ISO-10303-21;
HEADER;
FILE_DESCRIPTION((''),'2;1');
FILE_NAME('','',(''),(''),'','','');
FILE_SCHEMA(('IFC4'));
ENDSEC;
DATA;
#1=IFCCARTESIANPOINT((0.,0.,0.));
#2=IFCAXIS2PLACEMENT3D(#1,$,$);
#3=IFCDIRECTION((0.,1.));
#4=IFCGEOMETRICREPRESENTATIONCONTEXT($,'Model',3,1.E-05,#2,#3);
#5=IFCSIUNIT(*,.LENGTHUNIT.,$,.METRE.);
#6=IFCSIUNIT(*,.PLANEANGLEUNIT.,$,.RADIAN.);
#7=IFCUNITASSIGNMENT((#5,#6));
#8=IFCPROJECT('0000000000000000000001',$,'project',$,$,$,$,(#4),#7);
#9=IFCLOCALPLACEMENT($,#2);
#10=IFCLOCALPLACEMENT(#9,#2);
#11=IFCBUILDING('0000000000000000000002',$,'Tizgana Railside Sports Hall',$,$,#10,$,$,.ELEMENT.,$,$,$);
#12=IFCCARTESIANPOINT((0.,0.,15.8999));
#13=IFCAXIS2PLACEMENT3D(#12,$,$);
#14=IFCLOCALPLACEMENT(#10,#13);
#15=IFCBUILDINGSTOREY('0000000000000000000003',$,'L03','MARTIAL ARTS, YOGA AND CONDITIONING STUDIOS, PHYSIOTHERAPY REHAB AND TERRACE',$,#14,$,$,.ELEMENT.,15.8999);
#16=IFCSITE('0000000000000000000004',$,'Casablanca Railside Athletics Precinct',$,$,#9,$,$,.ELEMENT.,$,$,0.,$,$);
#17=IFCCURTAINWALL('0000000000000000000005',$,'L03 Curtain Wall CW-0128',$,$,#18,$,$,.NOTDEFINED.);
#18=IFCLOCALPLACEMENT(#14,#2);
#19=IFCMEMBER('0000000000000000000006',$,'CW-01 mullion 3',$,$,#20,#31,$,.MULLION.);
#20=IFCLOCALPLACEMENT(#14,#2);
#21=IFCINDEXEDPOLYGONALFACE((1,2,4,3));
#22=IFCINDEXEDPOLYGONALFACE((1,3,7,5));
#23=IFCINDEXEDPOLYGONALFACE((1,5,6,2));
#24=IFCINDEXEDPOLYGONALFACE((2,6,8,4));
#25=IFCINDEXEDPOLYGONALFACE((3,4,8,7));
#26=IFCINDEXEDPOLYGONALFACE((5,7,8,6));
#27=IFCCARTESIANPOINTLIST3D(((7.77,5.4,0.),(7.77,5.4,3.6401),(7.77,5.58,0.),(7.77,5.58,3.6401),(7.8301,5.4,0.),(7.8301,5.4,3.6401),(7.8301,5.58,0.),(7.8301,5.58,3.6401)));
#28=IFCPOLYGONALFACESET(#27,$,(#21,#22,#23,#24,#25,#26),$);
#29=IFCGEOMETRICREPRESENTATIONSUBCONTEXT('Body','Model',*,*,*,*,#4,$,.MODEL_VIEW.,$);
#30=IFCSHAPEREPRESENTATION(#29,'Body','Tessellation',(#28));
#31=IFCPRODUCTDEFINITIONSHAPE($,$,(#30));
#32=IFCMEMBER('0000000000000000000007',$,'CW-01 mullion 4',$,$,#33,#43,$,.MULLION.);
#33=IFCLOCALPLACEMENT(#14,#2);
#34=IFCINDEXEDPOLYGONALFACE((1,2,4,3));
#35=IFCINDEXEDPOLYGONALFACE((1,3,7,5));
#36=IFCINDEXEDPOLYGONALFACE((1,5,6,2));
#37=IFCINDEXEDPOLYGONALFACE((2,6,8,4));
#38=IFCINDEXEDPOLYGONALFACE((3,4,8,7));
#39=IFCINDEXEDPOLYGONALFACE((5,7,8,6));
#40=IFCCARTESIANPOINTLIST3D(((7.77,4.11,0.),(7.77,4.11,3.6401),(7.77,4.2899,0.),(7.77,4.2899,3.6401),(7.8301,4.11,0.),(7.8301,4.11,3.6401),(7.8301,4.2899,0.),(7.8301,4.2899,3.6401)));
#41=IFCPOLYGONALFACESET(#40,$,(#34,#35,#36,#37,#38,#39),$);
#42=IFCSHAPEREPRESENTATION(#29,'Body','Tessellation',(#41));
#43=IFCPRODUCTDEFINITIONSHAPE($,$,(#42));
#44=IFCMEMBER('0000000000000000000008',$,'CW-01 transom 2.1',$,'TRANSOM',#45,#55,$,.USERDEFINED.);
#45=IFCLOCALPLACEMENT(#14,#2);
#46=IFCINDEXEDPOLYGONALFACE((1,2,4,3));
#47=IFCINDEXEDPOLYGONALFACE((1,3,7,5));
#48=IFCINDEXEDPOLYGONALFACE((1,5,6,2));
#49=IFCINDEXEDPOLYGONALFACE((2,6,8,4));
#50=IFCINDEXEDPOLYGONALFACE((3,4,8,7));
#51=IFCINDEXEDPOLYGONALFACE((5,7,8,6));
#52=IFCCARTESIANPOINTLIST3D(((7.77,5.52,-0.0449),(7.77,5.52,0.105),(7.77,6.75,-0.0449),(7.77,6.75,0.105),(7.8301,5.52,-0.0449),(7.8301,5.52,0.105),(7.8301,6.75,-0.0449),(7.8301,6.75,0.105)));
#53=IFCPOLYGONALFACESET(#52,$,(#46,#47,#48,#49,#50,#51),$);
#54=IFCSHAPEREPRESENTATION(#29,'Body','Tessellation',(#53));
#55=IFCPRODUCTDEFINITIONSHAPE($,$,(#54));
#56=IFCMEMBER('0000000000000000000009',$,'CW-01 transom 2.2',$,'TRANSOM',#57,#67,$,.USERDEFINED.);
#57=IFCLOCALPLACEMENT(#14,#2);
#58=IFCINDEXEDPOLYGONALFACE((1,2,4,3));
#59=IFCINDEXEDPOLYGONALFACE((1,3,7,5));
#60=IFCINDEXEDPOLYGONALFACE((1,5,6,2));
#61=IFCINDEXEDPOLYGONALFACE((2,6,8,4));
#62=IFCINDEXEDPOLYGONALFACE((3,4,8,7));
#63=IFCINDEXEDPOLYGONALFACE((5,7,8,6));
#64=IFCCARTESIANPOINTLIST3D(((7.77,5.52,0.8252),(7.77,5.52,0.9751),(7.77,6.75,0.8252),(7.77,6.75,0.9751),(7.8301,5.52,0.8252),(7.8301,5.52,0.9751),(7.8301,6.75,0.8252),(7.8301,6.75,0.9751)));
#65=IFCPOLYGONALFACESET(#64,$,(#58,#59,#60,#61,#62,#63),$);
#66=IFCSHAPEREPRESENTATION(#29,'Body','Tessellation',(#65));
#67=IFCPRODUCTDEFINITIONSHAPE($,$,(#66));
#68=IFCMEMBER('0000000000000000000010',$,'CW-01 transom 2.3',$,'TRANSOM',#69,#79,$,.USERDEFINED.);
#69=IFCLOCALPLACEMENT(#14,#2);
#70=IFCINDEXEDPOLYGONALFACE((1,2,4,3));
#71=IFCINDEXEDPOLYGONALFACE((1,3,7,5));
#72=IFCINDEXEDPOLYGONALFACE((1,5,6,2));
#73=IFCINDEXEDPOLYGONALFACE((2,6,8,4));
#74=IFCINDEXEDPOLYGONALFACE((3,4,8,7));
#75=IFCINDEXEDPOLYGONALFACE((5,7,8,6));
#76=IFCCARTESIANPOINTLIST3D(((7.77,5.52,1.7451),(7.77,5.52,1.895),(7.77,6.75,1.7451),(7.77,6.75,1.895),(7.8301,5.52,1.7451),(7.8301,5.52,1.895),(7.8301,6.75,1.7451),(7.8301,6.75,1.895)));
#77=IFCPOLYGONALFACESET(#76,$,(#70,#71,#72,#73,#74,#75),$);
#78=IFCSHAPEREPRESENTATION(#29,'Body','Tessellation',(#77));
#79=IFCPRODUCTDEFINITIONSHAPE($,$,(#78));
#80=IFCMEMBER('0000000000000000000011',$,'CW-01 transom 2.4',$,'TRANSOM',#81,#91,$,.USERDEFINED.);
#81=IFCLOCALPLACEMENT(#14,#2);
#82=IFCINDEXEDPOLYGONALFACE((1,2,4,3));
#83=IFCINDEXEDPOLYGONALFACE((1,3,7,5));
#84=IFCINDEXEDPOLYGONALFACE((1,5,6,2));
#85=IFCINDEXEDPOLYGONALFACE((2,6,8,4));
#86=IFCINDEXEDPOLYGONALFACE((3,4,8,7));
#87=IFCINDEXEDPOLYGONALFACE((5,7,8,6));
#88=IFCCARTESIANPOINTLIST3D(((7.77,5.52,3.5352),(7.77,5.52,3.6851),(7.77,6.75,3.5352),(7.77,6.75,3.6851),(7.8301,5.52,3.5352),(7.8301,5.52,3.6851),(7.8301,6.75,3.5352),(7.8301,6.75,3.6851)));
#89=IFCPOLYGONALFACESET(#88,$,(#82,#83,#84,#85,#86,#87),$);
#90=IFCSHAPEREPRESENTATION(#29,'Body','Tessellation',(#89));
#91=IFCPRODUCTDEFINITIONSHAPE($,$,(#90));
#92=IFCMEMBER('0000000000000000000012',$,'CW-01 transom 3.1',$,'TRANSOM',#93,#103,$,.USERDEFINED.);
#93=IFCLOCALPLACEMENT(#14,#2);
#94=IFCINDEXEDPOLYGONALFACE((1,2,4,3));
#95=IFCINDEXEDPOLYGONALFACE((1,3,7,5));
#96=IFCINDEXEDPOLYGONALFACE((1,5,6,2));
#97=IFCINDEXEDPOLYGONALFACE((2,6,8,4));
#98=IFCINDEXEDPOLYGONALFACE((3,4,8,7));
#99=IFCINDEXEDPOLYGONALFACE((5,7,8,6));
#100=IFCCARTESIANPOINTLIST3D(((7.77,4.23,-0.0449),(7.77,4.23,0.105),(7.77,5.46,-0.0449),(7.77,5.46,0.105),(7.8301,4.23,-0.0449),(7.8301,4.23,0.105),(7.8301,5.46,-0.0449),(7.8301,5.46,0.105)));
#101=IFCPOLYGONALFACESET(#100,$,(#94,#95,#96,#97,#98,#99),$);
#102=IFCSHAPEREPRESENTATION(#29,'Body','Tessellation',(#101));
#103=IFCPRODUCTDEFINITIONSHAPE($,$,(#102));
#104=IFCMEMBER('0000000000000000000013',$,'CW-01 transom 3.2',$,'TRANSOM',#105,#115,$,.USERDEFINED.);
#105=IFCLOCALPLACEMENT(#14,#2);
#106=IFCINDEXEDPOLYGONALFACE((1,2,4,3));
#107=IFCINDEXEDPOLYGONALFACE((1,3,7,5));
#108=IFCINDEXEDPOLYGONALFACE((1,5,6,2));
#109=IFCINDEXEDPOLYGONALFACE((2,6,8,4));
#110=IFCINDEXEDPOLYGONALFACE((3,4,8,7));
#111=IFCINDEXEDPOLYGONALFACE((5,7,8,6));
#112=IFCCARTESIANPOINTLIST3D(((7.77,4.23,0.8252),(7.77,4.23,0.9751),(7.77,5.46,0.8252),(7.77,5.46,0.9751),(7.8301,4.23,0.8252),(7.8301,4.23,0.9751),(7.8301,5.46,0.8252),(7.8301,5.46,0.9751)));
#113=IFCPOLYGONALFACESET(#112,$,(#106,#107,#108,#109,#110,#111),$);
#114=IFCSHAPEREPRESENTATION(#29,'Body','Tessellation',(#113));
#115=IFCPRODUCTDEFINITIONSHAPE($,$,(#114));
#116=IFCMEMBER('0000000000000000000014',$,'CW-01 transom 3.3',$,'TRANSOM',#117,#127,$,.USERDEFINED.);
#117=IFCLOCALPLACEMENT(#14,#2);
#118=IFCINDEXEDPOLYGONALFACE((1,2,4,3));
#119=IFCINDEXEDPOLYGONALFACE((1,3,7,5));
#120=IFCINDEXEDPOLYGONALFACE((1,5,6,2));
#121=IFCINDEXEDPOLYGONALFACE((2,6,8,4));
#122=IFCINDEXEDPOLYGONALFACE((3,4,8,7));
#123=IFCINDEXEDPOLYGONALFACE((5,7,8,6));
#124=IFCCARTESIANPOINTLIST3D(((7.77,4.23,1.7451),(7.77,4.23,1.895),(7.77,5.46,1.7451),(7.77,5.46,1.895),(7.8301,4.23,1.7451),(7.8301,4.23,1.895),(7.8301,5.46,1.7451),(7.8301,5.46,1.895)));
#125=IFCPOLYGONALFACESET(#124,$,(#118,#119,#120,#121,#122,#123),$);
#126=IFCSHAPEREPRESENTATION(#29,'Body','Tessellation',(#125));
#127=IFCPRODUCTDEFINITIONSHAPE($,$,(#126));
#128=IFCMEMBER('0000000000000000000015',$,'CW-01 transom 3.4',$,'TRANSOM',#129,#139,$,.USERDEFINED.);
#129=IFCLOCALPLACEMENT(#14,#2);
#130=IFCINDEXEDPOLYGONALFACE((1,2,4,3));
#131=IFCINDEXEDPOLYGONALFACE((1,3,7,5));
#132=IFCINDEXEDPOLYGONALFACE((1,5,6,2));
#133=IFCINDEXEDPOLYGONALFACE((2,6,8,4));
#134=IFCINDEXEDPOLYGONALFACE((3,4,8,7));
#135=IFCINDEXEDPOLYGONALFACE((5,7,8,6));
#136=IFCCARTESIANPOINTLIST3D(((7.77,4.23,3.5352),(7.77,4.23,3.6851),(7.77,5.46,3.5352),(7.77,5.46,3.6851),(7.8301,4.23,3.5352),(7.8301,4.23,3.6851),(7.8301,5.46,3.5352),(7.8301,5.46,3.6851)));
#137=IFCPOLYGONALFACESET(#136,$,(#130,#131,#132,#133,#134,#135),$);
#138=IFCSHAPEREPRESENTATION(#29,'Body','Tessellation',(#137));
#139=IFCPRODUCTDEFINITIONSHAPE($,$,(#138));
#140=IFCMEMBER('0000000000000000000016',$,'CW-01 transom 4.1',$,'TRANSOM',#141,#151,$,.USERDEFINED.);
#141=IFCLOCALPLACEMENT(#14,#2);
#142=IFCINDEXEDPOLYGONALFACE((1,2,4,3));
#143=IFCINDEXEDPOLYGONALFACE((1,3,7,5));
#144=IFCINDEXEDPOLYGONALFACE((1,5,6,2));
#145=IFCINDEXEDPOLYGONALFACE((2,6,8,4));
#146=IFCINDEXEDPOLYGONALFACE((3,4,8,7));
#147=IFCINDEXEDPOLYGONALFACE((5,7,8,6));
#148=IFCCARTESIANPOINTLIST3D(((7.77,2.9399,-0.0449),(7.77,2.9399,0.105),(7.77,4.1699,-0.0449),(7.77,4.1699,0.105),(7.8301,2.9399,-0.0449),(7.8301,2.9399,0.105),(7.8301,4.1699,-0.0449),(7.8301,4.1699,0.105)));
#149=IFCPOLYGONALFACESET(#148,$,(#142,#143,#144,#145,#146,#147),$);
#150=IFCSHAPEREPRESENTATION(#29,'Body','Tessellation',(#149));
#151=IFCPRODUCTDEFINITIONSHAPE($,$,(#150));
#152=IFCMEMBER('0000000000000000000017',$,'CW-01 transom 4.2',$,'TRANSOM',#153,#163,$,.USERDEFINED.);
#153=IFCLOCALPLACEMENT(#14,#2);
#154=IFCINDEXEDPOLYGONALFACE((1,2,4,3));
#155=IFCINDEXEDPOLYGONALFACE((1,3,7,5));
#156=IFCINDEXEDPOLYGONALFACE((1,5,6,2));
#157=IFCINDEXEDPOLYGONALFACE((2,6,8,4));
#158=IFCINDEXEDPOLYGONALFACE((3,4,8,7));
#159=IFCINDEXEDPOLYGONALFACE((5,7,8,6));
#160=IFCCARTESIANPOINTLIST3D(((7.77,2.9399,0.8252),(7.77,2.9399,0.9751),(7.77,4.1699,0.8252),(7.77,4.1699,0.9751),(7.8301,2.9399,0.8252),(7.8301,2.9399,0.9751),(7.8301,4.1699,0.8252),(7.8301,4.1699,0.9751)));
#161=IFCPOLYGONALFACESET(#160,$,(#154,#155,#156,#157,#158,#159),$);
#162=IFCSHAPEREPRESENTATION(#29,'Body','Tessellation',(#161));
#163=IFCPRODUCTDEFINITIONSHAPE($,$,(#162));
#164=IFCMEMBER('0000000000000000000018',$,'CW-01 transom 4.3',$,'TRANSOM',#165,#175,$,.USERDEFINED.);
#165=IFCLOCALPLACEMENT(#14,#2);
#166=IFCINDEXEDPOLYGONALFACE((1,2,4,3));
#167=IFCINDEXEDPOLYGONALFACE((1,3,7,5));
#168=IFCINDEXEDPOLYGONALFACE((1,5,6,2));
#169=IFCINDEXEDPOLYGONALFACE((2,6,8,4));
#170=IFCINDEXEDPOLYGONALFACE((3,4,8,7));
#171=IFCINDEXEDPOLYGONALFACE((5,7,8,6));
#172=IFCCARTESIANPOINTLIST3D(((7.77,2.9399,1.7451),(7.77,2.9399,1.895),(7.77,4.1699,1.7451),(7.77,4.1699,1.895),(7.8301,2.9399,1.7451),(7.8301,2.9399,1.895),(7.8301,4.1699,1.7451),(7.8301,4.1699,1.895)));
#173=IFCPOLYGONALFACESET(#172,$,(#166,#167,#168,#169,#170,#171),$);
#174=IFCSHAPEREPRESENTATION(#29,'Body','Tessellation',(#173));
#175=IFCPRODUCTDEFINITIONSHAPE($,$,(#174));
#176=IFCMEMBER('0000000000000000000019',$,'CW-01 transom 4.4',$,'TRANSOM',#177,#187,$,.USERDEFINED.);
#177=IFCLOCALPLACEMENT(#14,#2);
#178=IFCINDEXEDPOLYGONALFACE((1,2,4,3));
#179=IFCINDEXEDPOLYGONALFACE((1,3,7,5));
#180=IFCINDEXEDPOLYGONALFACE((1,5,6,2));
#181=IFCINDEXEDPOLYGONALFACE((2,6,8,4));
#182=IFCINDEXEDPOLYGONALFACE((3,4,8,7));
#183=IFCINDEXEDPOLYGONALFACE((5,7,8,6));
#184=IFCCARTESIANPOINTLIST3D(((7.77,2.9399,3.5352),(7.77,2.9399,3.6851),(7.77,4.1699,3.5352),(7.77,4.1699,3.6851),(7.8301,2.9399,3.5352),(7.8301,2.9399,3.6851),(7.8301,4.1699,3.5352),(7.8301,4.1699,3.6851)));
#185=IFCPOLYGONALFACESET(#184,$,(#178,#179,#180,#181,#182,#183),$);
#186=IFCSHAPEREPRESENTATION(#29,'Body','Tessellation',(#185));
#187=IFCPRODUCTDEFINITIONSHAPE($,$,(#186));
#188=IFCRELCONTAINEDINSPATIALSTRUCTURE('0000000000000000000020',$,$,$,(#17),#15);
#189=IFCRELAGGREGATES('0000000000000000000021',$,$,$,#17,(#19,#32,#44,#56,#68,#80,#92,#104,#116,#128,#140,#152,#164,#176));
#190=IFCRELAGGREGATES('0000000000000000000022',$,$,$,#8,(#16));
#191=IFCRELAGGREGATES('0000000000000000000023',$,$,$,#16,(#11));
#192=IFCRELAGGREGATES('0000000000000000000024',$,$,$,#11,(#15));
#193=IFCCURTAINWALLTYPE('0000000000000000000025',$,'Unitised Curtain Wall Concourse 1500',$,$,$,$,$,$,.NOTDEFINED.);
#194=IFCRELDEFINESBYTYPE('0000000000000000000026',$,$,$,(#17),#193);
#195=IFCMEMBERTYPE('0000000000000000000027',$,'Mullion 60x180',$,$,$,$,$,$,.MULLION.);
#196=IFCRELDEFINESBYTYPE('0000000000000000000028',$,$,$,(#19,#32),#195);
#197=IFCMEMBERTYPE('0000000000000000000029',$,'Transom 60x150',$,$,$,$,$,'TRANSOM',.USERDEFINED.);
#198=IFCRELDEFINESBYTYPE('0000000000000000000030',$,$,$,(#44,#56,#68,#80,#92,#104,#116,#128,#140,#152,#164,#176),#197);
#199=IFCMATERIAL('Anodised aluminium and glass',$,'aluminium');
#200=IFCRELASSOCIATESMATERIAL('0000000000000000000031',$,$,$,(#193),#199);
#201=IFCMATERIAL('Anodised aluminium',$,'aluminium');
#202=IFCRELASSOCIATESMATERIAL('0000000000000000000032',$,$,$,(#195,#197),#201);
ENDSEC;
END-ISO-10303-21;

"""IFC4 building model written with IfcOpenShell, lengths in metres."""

from ifc_helpers import new_model, si_unit, direction, frame, origin, origin_2d, place, context, subcontext, project, spatial, rectangle, extrude, material, material_profile, profile_set, type_object, element, aggregate, save


model = new_model("IFC4")

# Units and contexts
model_context = context("Model", 3, precision=1e-05, world=origin(), true_north=direction((0.0, 1.0)))
body_context = subcontext(model_context, "Body", "Model", "MODEL_VIEW")
ifc_project = project(units=[si_unit("LENGTHUNIT", "METRE"), si_unit("PLANEANGLEUNIT", "RADIAN")], contexts=[model_context])

# Site, building, storey
site_placement = place(None, origin())
site = spatial("IfcSite", under=ifc_project, at=site_placement, Name="Casablanca Railside Athletics Precinct", CompositionType="ELEMENT", RefElevation=0.0)
building_placement = place(site_placement, origin())
building = spatial("IfcBuilding", under=site, at=building_placement, Name="Tizgana Railside Sports Hall", CompositionType="ELEMENT")
storey_placement = place(building_placement, frame((0.0, 0.0, 15.8999)))
storey = spatial("IfcBuildingStorey", under=building, at=storey_placement, Name="L03", Description="MARTIAL ARTS, YOGA AND CONDITIONING STUDIOS, PHYSIOTHERAPY REHAB AND TERRACE", CompositionType="ELEMENT", Elevation=15.8999)

# Curtain wall, members
ifc_material_1 = material(Name="Anodised aluminium and glass", Category="aluminium")
curtain_wall_type = type_object("IfcCurtainWallType", Name="Unitised Curtain Wall Concourse 1500", PredefinedType="NOTDEFINED", material=ifc_material_1)
curtain_wall_placement = place(storey_placement, origin())
curtain_wall = element("IfcCurtainWall", 1, at=curtain_wall_placement, inside=storey, type_object=curtain_wall_type, Name="L03 Curtain Wall CW-0128", PredefinedType="NOTDEFINED")
ifc_material_2 = material(Name="Anodised aluminium", Category="aluminium")
ifc_material_profile_1 = material_profile(ifc_material_2, rectangle(XDim=0.0601, YDim=0.1799, at=origin_2d()), Name="Mullion 60x180")
ifc_profile_set_1 = profile_set([ifc_material_profile_1], Name="Anodised aluminium")
member_type_1 = type_object("IfcMemberType", Name="Mullion 60x180", PredefinedType="MULLION", material=ifc_profile_set_1)
member_1_placement = place(storey_placement, frame((7.8, 5.49, 0.0), z_axis=(0.0, 0.0, 1.0), x_axis=(1.0, 0.0, 0.0)))
member_1 = element("IfcMember", 2, at=member_1_placement, type_object=member_type_1, Name="CW-01 mullion 3", PredefinedType="MULLION", context=body_context, shape_type="SweptSolid", body=[
    extrude(rectangle(XDim=0.0601, YDim=0.1799, at=origin_2d()), origin(), (0.0, 0.0, 1.0), 3.6401),
])
member_2_placement = place(storey_placement, frame((7.8, 4.2, 0.0), z_axis=(0.0, 0.0, 1.0), x_axis=(1.0, 0.0, 0.0)))
member_2 = element("IfcMember", 3, at=member_2_placement, type_object=member_type_1, Name="CW-01 mullion 4", PredefinedType="MULLION", context=body_context, shape_type="SweptSolid", body=[
    extrude(rectangle(XDim=0.0601, YDim=0.1799, at=origin_2d()), origin(), (0.0, 0.0, 1.0), 3.6401),
])
ifc_material_profile_2 = material_profile(ifc_material_2, rectangle(XDim=0.0601, YDim=0.1499, at=origin_2d()), Name="Transom 60x150")
ifc_profile_set_2 = profile_set([ifc_material_profile_2], Name="Anodised aluminium")
member_type_2 = type_object("IfcMemberType", Name="Transom 60x150", ElementType="TRANSOM", PredefinedType="USERDEFINED", material=ifc_profile_set_2)
member_3_placement = place(storey_placement, frame((7.8, 6.75, 0.03), z_axis=(0.0, -1.0, 0.0), x_axis=(1.0, 0.0, 0.0)))
member_3 = element("IfcMember", 4, at=member_3_placement, type_object=member_type_2, Name="CW-01 transom 2.1", ObjectType="TRANSOM", PredefinedType="USERDEFINED", context=body_context, shape_type="SweptSolid", body=[
    extrude(rectangle(XDim=0.0601, YDim=0.1499, at=origin_2d()), origin(), (0.0, 0.0, 1.0), 1.23),
])
member_4_placement = place(storey_placement, frame((7.8, 6.75, 0.9001), z_axis=(0.0, -1.0, 0.0), x_axis=(1.0, 0.0, 0.0)))
member_4 = element("IfcMember", 5, at=member_4_placement, type_object=member_type_2, Name="CW-01 transom 2.2", ObjectType="TRANSOM", PredefinedType="USERDEFINED", context=body_context, shape_type="SweptSolid", body=[
    extrude(rectangle(XDim=0.0601, YDim=0.1499, at=origin_2d()), origin(), (0.0, 0.0, 1.0), 1.23),
])
member_5_placement = place(storey_placement, frame((7.8, 6.75, 1.8201), z_axis=(0.0, -1.0, 0.0), x_axis=(1.0, 0.0, 0.0)))
member_5 = element("IfcMember", 6, at=member_5_placement, type_object=member_type_2, Name="CW-01 transom 2.3", ObjectType="TRANSOM", PredefinedType="USERDEFINED", context=body_context, shape_type="SweptSolid", body=[
    extrude(rectangle(XDim=0.0601, YDim=0.1499, at=origin_2d()), origin(), (0.0, 0.0, 1.0), 1.23),
])
member_6_placement = place(storey_placement, frame((7.8, 6.75, 3.6101), z_axis=(0.0, -1.0, 0.0), x_axis=(1.0, 0.0, 0.0)))
member_6 = element("IfcMember", 7, at=member_6_placement, type_object=member_type_2, Name="CW-01 transom 2.4", ObjectType="TRANSOM", PredefinedType="USERDEFINED", context=body_context, shape_type="SweptSolid", body=[
    extrude(rectangle(XDim=0.0601, YDim=0.1499, at=origin_2d()), origin(), (0.0, 0.0, 1.0), 1.23),
])
member_7_placement = place(storey_placement, frame((7.8, 5.46, 0.03), z_axis=(0.0, -1.0, 0.0), x_axis=(1.0, 0.0, 0.0)))
member_7 = element("IfcMember", 8, at=member_7_placement, type_object=member_type_2, Name="CW-01 transom 3.1", ObjectType="TRANSOM", PredefinedType="USERDEFINED", context=body_context, shape_type="SweptSolid", body=[
    extrude(rectangle(XDim=0.0601, YDim=0.1499, at=origin_2d()), origin(), (0.0, 0.0, 1.0), 1.23),
])
member_8_placement = place(storey_placement, frame((7.8, 5.46, 0.9001), z_axis=(0.0, -1.0, 0.0), x_axis=(1.0, 0.0, 0.0)))
member_8 = element("IfcMember", 9, at=member_8_placement, type_object=member_type_2, Name="CW-01 transom 3.2", ObjectType="TRANSOM", PredefinedType="USERDEFINED", context=body_context, shape_type="SweptSolid", body=[
    extrude(rectangle(XDim=0.0601, YDim=0.1499, at=origin_2d()), origin(), (0.0, 0.0, 1.0), 1.23),
])
member_9_placement = place(storey_placement, frame((7.8, 5.46, 1.8201), z_axis=(0.0, -1.0, 0.0), x_axis=(1.0, 0.0, 0.0)))
member_9 = element("IfcMember", 10, at=member_9_placement, type_object=member_type_2, Name="CW-01 transom 3.3", ObjectType="TRANSOM", PredefinedType="USERDEFINED", context=body_context, shape_type="SweptSolid", body=[
    extrude(rectangle(XDim=0.0601, YDim=0.1499, at=origin_2d()), origin(), (0.0, 0.0, 1.0), 1.23),
])
member_10_placement = place(storey_placement, frame((7.8, 5.46, 3.6101), z_axis=(0.0, -1.0, 0.0), x_axis=(1.0, 0.0, 0.0)))
member_10 = element("IfcMember", 11, at=member_10_placement, type_object=member_type_2, Name="CW-01 transom 3.4", ObjectType="TRANSOM", PredefinedType="USERDEFINED", context=body_context, shape_type="SweptSolid", body=[
    extrude(rectangle(XDim=0.0601, YDim=0.1499, at=origin_2d()), origin(), (0.0, 0.0, 1.0), 1.23),
])
member_11_placement = place(storey_placement, frame((7.8, 4.1699, 0.03), z_axis=(0.0, -1.0, 0.0), x_axis=(1.0, 0.0, 0.0)))
member_11 = element("IfcMember", 12, at=member_11_placement, type_object=member_type_2, Name="CW-01 transom 4.1", ObjectType="TRANSOM", PredefinedType="USERDEFINED", context=body_context, shape_type="SweptSolid", body=[
    extrude(rectangle(XDim=0.0601, YDim=0.1499, at=origin_2d()), origin(), (0.0, 0.0, 1.0), 1.23),
])
member_12_placement = place(storey_placement, frame((7.8, 4.1699, 0.9001), z_axis=(0.0, -1.0, 0.0), x_axis=(1.0, 0.0, 0.0)))
member_12 = element("IfcMember", 13, at=member_12_placement, type_object=member_type_2, Name="CW-01 transom 4.2", ObjectType="TRANSOM", PredefinedType="USERDEFINED", context=body_context, shape_type="SweptSolid", body=[
    extrude(rectangle(XDim=0.0601, YDim=0.1499, at=origin_2d()), origin(), (0.0, 0.0, 1.0), 1.23),
])
member_13_placement = place(storey_placement, frame((7.8, 4.1699, 1.8201), z_axis=(0.0, -1.0, 0.0), x_axis=(1.0, 0.0, 0.0)))
member_13 = element("IfcMember", 14, at=member_13_placement, type_object=member_type_2, Name="CW-01 transom 4.3", ObjectType="TRANSOM", PredefinedType="USERDEFINED", context=body_context, shape_type="SweptSolid", body=[
    extrude(rectangle(XDim=0.0601, YDim=0.1499, at=origin_2d()), origin(), (0.0, 0.0, 1.0), 1.23),
])
member_14_placement = place(storey_placement, frame((7.8, 4.1699, 3.6101), z_axis=(0.0, -1.0, 0.0), x_axis=(1.0, 0.0, 0.0)))
member_14 = element("IfcMember", 15, at=member_14_placement, type_object=member_type_2, Name="CW-01 transom 4.4", ObjectType="TRANSOM", PredefinedType="USERDEFINED", context=body_context, shape_type="SweptSolid", body=[
    extrude(rectangle(XDim=0.0601, YDim=0.1499, at=origin_2d()), origin(), (0.0, 0.0, 1.0), 1.23),
])
aggregate(curtain_wall, [member_1, member_2, member_3, member_4, member_5, member_6, member_7, member_8, member_9, member_10, member_11, member_12, member_13, member_14])

save(model, "model.ifc")
